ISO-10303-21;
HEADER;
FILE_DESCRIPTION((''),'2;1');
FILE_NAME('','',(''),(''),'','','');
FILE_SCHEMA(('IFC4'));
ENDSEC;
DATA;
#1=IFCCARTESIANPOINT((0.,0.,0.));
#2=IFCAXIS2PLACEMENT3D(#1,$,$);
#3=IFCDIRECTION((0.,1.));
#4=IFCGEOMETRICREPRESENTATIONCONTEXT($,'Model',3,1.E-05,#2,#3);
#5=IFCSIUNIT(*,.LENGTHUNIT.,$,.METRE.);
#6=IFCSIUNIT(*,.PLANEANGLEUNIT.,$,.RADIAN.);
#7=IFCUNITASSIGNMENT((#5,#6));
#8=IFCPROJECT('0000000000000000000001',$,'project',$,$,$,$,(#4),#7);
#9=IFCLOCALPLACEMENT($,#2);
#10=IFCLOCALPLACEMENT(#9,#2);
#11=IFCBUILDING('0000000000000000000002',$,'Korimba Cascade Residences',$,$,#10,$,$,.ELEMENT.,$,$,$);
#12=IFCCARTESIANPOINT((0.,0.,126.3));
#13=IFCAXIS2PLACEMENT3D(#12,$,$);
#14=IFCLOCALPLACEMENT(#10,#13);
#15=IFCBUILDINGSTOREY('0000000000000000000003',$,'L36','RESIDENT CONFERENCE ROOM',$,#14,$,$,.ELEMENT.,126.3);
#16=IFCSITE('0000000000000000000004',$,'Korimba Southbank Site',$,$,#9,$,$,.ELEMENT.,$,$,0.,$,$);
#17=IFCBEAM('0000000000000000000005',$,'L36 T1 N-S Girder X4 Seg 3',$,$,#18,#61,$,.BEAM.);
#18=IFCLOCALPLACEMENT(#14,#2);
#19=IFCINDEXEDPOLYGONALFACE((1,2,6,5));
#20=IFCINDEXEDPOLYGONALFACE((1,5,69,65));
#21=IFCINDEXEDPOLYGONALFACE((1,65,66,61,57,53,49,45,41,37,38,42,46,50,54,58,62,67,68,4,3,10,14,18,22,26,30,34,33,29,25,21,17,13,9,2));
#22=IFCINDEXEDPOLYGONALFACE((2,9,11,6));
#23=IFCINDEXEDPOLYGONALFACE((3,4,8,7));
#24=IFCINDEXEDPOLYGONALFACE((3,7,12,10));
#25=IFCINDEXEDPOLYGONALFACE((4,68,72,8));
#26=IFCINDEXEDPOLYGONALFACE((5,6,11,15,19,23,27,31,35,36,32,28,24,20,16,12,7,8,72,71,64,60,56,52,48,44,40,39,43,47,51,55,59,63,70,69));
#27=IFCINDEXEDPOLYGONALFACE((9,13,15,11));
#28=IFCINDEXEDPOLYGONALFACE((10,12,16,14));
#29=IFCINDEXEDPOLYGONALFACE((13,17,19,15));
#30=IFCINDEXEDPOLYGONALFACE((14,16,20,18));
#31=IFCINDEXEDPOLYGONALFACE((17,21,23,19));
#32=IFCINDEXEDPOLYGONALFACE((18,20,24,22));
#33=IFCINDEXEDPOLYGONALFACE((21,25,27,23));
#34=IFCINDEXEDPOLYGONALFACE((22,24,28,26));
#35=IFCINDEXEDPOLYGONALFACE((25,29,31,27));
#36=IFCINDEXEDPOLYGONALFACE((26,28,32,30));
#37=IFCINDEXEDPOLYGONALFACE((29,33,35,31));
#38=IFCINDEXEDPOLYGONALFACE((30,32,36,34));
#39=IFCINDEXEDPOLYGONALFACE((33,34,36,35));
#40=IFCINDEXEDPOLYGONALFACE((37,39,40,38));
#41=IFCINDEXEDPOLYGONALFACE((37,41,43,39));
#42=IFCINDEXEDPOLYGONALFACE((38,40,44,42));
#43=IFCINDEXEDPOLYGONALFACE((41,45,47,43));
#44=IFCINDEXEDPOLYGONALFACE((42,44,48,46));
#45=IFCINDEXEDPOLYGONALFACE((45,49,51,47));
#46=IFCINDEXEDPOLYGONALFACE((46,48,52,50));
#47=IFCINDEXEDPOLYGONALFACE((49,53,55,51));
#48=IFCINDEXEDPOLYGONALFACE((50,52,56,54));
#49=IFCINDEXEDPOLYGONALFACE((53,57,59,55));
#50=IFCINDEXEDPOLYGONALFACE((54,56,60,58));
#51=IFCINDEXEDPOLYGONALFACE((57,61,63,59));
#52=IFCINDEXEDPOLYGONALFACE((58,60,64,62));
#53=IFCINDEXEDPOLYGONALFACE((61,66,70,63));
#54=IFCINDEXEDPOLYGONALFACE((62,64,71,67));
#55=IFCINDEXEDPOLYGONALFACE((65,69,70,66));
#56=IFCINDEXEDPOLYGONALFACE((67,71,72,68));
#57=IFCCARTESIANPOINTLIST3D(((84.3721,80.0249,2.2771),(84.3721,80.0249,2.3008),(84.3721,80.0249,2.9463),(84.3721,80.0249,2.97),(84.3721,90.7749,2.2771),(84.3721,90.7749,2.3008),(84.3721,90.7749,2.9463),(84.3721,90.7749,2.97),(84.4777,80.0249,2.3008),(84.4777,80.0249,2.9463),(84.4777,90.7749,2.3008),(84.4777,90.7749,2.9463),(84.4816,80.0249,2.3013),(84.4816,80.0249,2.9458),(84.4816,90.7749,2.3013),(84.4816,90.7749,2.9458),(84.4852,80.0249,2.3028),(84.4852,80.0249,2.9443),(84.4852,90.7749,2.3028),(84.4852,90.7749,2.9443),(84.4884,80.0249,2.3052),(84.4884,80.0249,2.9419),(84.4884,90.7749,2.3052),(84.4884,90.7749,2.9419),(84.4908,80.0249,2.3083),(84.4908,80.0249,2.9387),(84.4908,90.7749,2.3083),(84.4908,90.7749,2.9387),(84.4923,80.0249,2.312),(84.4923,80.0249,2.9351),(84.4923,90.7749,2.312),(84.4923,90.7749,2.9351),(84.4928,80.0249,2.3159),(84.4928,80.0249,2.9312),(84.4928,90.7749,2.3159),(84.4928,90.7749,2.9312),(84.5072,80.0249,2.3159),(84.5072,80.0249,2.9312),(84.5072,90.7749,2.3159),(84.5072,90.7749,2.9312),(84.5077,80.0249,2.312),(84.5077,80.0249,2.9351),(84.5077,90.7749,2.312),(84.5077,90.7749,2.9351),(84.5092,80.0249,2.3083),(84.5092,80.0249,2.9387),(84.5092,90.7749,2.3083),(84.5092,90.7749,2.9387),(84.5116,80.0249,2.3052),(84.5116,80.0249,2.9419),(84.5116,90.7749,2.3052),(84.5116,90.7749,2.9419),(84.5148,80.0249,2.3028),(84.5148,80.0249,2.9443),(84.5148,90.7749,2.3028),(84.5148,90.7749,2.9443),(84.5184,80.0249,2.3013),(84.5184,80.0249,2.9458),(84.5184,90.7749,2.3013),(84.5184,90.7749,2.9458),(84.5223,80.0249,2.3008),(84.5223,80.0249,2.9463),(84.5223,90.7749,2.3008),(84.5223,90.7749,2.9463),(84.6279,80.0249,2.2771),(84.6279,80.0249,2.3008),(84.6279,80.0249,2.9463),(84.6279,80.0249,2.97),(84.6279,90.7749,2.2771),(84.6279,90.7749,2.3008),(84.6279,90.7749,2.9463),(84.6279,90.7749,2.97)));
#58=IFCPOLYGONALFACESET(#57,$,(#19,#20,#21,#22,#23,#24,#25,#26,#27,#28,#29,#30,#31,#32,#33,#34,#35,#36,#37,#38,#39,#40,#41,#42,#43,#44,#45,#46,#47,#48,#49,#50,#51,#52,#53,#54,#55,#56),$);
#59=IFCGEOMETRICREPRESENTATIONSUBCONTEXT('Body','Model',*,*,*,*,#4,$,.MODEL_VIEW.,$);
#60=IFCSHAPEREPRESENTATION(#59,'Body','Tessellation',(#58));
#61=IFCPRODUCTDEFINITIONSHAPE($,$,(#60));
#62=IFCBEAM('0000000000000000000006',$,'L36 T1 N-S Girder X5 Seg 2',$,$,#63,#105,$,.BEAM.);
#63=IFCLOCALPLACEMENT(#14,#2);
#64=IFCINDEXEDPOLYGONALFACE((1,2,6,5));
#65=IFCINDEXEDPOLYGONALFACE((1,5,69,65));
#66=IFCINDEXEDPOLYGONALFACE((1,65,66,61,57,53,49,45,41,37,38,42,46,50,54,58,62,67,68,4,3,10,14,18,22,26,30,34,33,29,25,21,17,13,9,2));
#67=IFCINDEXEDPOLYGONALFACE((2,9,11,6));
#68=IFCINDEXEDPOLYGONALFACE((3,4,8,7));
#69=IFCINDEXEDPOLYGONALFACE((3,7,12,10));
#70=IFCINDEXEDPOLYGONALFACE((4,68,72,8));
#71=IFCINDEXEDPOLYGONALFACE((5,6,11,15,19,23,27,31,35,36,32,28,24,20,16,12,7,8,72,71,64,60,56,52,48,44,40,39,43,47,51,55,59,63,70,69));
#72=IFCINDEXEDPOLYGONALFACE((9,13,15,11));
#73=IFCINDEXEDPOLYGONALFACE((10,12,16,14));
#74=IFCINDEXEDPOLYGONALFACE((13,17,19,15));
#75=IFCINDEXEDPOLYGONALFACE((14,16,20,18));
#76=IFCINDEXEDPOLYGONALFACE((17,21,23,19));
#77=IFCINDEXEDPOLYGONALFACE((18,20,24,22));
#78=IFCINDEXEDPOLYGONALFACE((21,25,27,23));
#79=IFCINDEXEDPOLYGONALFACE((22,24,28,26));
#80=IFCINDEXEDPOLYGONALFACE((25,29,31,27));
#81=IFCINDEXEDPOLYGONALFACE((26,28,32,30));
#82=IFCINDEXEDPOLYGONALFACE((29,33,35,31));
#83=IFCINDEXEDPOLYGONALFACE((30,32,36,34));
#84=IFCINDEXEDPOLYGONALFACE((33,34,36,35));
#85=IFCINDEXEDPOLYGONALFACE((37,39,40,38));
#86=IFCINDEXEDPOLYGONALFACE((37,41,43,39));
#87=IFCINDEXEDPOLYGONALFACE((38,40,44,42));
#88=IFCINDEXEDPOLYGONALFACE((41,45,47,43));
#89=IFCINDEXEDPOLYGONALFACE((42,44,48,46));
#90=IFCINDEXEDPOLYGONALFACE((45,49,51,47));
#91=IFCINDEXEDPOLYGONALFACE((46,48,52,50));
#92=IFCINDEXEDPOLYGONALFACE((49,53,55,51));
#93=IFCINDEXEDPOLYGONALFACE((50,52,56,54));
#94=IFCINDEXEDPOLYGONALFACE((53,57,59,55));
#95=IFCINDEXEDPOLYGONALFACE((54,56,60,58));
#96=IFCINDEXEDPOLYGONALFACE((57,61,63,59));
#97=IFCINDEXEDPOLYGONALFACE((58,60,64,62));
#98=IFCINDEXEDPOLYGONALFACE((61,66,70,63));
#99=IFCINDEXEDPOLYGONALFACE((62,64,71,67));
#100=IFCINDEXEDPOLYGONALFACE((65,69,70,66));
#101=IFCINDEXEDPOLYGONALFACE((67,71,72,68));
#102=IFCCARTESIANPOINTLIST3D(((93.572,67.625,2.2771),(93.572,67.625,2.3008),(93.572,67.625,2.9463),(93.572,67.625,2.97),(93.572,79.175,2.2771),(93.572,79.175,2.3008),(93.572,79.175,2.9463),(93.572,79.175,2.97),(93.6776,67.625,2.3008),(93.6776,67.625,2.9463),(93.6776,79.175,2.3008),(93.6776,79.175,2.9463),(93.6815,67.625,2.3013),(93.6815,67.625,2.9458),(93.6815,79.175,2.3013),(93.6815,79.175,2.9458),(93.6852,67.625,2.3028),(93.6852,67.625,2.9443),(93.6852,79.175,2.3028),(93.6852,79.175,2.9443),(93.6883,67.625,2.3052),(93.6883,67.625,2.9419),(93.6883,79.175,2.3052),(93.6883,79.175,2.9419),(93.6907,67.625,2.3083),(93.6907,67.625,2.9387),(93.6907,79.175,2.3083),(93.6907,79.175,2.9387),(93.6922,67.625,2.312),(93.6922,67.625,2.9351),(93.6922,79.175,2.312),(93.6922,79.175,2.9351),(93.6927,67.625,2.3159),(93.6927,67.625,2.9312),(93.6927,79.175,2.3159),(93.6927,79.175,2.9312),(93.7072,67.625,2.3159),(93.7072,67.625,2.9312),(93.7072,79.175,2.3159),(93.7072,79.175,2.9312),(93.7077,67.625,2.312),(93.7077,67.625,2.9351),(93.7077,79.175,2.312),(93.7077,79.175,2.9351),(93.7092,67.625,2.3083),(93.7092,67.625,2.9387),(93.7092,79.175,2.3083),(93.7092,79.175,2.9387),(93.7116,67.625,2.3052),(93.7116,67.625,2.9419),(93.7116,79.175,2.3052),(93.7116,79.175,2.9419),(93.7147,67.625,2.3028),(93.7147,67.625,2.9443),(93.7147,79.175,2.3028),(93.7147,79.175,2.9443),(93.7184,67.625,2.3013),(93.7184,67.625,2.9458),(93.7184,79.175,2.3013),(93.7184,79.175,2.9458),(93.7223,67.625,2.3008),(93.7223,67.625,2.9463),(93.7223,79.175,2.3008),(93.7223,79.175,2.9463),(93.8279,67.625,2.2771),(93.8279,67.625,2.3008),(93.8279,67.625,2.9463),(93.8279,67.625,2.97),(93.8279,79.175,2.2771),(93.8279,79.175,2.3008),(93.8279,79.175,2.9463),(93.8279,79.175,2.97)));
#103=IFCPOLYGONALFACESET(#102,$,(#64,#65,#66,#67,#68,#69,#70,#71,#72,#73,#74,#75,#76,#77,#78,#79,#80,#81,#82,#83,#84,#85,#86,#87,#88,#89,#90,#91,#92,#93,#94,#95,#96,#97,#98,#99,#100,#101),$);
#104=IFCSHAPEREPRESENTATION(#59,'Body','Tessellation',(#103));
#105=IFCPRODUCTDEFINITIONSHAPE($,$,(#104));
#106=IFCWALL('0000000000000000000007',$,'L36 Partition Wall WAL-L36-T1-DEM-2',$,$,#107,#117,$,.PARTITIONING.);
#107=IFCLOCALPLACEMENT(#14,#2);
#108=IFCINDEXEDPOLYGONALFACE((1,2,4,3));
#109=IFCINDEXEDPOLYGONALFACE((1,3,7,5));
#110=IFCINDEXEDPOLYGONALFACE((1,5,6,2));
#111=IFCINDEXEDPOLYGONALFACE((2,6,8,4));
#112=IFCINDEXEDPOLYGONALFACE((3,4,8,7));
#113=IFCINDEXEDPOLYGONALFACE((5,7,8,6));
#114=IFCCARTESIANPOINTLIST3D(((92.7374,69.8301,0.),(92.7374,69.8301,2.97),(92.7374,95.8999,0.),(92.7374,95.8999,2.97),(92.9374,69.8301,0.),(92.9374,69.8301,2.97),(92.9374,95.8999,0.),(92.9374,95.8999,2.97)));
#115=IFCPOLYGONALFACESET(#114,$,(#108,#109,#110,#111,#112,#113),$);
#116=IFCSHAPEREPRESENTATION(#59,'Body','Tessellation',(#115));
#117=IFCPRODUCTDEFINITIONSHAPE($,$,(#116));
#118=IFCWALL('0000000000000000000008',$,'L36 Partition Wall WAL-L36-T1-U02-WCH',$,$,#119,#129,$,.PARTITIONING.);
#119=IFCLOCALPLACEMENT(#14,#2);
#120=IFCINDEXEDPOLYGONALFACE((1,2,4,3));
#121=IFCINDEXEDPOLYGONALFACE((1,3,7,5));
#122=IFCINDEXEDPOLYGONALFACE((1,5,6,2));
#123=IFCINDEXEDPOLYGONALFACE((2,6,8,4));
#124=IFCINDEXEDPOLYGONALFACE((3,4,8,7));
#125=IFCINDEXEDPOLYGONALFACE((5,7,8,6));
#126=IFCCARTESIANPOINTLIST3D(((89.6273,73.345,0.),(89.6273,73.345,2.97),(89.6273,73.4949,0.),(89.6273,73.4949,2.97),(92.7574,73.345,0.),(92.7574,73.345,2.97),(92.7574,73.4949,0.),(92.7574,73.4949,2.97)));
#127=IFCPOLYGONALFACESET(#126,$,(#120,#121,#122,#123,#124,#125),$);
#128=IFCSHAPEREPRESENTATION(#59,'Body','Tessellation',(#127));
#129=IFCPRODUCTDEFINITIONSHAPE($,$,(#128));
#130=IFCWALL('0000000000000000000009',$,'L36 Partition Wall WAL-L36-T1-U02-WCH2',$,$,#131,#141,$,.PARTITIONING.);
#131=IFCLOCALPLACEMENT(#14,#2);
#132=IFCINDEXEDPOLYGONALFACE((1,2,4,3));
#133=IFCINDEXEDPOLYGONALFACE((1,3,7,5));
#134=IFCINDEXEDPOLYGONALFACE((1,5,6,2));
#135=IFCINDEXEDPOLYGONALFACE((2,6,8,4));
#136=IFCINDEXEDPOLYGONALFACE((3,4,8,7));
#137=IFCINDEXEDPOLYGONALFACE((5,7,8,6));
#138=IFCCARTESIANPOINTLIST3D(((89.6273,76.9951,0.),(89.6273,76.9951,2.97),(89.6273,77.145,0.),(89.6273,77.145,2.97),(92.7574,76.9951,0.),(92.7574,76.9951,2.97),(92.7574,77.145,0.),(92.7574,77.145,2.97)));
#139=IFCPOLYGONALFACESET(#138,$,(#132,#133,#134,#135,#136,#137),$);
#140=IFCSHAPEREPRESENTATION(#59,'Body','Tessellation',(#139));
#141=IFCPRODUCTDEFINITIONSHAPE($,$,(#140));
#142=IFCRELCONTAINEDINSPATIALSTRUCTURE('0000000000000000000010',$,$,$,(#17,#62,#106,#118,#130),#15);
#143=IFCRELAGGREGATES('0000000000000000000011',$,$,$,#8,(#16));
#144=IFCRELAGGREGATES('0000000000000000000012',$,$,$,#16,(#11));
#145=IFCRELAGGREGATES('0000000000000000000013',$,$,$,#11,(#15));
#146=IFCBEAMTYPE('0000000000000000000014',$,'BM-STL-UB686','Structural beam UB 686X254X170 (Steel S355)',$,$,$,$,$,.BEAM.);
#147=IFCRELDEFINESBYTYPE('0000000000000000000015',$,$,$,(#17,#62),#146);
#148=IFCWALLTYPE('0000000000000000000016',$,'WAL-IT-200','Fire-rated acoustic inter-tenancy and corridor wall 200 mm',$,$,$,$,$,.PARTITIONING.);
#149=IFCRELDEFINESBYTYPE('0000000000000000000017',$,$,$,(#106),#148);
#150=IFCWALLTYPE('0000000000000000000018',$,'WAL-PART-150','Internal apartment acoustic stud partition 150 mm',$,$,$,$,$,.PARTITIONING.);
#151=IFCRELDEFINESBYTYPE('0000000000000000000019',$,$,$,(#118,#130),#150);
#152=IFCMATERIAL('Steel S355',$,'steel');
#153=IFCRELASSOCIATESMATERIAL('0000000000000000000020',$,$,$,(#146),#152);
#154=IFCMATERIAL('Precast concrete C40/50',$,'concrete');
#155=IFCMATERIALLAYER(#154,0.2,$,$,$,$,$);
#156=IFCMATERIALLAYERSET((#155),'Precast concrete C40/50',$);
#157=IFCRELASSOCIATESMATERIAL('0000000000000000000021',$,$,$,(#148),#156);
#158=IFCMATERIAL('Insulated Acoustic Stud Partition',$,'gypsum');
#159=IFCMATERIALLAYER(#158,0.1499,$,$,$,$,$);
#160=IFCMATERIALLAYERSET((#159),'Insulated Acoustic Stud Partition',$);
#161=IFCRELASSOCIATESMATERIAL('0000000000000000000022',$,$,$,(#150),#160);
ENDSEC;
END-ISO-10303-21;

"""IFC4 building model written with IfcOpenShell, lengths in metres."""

from ifc_helpers import new_model, si_unit, direction, frame, frame_2d, origin, origin_2d, place, context, subcontext, project, spatial, rectangle, i_section, extrude, material, layer, layer_set, material_profile, profile_set, type_object, element, save


model = new_model("IFC4")

# Units and contexts
model_context = context("Model", 3, precision=1e-05, world=origin(), true_north=direction((0.0, 1.0)))
body_context = subcontext(model_context, "Body", "Model", "MODEL_VIEW")
ifc_project = project(units=[si_unit("LENGTHUNIT", "METRE"), si_unit("PLANEANGLEUNIT", "RADIAN")], contexts=[model_context])

# Site, building, storey
site_placement = place(None, origin())
site = spatial("IfcSite", under=ifc_project, at=site_placement, Name="Korimba Southbank Site", CompositionType="ELEMENT", RefElevation=0.0)
building_placement = place(site_placement, origin())
building = spatial("IfcBuilding", under=site, at=building_placement, Name="Korimba Cascade Residences", CompositionType="ELEMENT")
storey_placement = place(building_placement, frame((0.0, 0.0, 126.3)))
storey = spatial("IfcBuildingStorey", under=building, at=storey_placement, Name="L36", Description="RESIDENT CONFERENCE ROOM", CompositionType="ELEMENT", Elevation=126.3)

# Beams
ifc_material_1 = material(Name="Steel S355", Category="steel")
ifc_material_profile_1 = material_profile(ifc_material_1, i_section(OverallWidth=0.2559, OverallDepth=0.6929, WebThickness=0.0144, FlangeThickness=0.0237, FilletRadius=0.0151, at=origin_2d()), Name="Steel S355")
ifc_profile_set_1 = profile_set([ifc_material_profile_1], Name="Steel S355")
beam_type_1 = type_object("IfcBeamType", Name="BM-STL-UB686", Description="Structural beam UB 686X254X170 (Steel S355)", PredefinedType="BEAM", material=ifc_profile_set_1)
beam_1_placement = place(storey_placement, frame((84.5, 80.0249, 2.6235), z_axis=(0.0, 1.0, 0.0), x_axis=(-1.0, 0.0, 0.0)))
element("IfcBeam", 1, at=beam_1_placement, inside=storey, type_object=beam_type_1, Name="L36 T1 N-S Girder X4 Seg 3", PredefinedType="BEAM", context=body_context, shape_type="SweptSolid", body=[
    extrude(i_section(OverallWidth=0.2559, OverallDepth=0.6929, WebThickness=0.0144, FlangeThickness=0.0237, FilletRadius=0.0151, at=origin_2d()), origin(), (0.0, 0.0, 1.0), 10.75),
])
beam_2_placement = place(storey_placement, frame((93.7, 67.625, 2.6235), z_axis=(0.0, 1.0, 0.0), x_axis=(-1.0, 0.0, 0.0)))
element("IfcBeam", 2, at=beam_2_placement, inside=storey, type_object=beam_type_1, Name="L36 T1 N-S Girder X5 Seg 2", PredefinedType="BEAM", context=body_context, shape_type="SweptSolid", body=[
    extrude(i_section(OverallWidth=0.2559, OverallDepth=0.6929, WebThickness=0.0144, FlangeThickness=0.0237, FilletRadius=0.0151, at=origin_2d()), origin(), (0.0, 0.0, 1.0), 11.55),
])

# Walls
ifc_material_2 = material(Name="Precast concrete C40/50", Category="concrete")
ifc_layer_1 = layer(ifc_material_2, 0.2)
ifc_layer_set_1 = layer_set([ifc_layer_1], Name="Precast concrete C40/50")
wall_type_1 = type_object("IfcWallType", Name="WAL-IT-200", Description="Fire-rated acoustic inter-tenancy and corridor wall 200 mm", PredefinedType="PARTITIONING", material=ifc_layer_set_1)
wall_1_placement = place(storey_placement, frame((92.8374, 69.8301, 0.0), z_axis=(0.0, 0.0, 1.0), x_axis=(0.0, 1.0, 0.0)))
element("IfcWall", 3, at=wall_1_placement, inside=storey, type_object=wall_type_1, Name="L36 Partition Wall WAL-L36-T1-DEM-2", PredefinedType="PARTITIONING", context=body_context, shape_type="SweptSolid", body=[
    extrude(rectangle(XDim=26.0698, YDim=0.2, at=frame_2d((13.0349, 0.0))), origin(), (0.0, 0.0, 1.0), 2.97),
])
ifc_material_3 = material(Name="Insulated Acoustic Stud Partition", Category="gypsum")
ifc_layer_2 = layer(ifc_material_3, 0.1499)
ifc_layer_set_2 = layer_set([ifc_layer_2], Name="Insulated Acoustic Stud Partition")
wall_type_2 = type_object("IfcWallType", Name="WAL-PART-150", Description="Internal apartment acoustic stud partition 150 mm", PredefinedType="PARTITIONING", material=ifc_layer_set_2)
for number, where, z_axis, x_axis, name in (
    (4, (89.6274, 73.4199, 0.0), (0.0, 0.0, 1.0), (1.0, 0.0, 0.0), "L36 Partition Wall WAL-L36-T1-U02-WCH"),
    (5, (89.6274, 77.0701, 0.0), (0.0, 0.0, 1.0), (1.0, 0.0, 0.0), "L36 Partition Wall WAL-L36-T1-U02-WCH2"),
):
    element("IfcWall", number, at=place(storey_placement, frame(where, z_axis=z_axis, x_axis=x_axis)), inside=storey, type_object=wall_type_2, Name=name, PredefinedType="PARTITIONING", context=body_context, shape_type="SweptSolid", body=[
        extrude(rectangle(XDim=3.1301, YDim=0.1499, at=frame_2d((1.5649, 0.0))), origin(), (0.0, 0.0, 1.0), 2.97),
    ])

save(model, "model.ifc")
